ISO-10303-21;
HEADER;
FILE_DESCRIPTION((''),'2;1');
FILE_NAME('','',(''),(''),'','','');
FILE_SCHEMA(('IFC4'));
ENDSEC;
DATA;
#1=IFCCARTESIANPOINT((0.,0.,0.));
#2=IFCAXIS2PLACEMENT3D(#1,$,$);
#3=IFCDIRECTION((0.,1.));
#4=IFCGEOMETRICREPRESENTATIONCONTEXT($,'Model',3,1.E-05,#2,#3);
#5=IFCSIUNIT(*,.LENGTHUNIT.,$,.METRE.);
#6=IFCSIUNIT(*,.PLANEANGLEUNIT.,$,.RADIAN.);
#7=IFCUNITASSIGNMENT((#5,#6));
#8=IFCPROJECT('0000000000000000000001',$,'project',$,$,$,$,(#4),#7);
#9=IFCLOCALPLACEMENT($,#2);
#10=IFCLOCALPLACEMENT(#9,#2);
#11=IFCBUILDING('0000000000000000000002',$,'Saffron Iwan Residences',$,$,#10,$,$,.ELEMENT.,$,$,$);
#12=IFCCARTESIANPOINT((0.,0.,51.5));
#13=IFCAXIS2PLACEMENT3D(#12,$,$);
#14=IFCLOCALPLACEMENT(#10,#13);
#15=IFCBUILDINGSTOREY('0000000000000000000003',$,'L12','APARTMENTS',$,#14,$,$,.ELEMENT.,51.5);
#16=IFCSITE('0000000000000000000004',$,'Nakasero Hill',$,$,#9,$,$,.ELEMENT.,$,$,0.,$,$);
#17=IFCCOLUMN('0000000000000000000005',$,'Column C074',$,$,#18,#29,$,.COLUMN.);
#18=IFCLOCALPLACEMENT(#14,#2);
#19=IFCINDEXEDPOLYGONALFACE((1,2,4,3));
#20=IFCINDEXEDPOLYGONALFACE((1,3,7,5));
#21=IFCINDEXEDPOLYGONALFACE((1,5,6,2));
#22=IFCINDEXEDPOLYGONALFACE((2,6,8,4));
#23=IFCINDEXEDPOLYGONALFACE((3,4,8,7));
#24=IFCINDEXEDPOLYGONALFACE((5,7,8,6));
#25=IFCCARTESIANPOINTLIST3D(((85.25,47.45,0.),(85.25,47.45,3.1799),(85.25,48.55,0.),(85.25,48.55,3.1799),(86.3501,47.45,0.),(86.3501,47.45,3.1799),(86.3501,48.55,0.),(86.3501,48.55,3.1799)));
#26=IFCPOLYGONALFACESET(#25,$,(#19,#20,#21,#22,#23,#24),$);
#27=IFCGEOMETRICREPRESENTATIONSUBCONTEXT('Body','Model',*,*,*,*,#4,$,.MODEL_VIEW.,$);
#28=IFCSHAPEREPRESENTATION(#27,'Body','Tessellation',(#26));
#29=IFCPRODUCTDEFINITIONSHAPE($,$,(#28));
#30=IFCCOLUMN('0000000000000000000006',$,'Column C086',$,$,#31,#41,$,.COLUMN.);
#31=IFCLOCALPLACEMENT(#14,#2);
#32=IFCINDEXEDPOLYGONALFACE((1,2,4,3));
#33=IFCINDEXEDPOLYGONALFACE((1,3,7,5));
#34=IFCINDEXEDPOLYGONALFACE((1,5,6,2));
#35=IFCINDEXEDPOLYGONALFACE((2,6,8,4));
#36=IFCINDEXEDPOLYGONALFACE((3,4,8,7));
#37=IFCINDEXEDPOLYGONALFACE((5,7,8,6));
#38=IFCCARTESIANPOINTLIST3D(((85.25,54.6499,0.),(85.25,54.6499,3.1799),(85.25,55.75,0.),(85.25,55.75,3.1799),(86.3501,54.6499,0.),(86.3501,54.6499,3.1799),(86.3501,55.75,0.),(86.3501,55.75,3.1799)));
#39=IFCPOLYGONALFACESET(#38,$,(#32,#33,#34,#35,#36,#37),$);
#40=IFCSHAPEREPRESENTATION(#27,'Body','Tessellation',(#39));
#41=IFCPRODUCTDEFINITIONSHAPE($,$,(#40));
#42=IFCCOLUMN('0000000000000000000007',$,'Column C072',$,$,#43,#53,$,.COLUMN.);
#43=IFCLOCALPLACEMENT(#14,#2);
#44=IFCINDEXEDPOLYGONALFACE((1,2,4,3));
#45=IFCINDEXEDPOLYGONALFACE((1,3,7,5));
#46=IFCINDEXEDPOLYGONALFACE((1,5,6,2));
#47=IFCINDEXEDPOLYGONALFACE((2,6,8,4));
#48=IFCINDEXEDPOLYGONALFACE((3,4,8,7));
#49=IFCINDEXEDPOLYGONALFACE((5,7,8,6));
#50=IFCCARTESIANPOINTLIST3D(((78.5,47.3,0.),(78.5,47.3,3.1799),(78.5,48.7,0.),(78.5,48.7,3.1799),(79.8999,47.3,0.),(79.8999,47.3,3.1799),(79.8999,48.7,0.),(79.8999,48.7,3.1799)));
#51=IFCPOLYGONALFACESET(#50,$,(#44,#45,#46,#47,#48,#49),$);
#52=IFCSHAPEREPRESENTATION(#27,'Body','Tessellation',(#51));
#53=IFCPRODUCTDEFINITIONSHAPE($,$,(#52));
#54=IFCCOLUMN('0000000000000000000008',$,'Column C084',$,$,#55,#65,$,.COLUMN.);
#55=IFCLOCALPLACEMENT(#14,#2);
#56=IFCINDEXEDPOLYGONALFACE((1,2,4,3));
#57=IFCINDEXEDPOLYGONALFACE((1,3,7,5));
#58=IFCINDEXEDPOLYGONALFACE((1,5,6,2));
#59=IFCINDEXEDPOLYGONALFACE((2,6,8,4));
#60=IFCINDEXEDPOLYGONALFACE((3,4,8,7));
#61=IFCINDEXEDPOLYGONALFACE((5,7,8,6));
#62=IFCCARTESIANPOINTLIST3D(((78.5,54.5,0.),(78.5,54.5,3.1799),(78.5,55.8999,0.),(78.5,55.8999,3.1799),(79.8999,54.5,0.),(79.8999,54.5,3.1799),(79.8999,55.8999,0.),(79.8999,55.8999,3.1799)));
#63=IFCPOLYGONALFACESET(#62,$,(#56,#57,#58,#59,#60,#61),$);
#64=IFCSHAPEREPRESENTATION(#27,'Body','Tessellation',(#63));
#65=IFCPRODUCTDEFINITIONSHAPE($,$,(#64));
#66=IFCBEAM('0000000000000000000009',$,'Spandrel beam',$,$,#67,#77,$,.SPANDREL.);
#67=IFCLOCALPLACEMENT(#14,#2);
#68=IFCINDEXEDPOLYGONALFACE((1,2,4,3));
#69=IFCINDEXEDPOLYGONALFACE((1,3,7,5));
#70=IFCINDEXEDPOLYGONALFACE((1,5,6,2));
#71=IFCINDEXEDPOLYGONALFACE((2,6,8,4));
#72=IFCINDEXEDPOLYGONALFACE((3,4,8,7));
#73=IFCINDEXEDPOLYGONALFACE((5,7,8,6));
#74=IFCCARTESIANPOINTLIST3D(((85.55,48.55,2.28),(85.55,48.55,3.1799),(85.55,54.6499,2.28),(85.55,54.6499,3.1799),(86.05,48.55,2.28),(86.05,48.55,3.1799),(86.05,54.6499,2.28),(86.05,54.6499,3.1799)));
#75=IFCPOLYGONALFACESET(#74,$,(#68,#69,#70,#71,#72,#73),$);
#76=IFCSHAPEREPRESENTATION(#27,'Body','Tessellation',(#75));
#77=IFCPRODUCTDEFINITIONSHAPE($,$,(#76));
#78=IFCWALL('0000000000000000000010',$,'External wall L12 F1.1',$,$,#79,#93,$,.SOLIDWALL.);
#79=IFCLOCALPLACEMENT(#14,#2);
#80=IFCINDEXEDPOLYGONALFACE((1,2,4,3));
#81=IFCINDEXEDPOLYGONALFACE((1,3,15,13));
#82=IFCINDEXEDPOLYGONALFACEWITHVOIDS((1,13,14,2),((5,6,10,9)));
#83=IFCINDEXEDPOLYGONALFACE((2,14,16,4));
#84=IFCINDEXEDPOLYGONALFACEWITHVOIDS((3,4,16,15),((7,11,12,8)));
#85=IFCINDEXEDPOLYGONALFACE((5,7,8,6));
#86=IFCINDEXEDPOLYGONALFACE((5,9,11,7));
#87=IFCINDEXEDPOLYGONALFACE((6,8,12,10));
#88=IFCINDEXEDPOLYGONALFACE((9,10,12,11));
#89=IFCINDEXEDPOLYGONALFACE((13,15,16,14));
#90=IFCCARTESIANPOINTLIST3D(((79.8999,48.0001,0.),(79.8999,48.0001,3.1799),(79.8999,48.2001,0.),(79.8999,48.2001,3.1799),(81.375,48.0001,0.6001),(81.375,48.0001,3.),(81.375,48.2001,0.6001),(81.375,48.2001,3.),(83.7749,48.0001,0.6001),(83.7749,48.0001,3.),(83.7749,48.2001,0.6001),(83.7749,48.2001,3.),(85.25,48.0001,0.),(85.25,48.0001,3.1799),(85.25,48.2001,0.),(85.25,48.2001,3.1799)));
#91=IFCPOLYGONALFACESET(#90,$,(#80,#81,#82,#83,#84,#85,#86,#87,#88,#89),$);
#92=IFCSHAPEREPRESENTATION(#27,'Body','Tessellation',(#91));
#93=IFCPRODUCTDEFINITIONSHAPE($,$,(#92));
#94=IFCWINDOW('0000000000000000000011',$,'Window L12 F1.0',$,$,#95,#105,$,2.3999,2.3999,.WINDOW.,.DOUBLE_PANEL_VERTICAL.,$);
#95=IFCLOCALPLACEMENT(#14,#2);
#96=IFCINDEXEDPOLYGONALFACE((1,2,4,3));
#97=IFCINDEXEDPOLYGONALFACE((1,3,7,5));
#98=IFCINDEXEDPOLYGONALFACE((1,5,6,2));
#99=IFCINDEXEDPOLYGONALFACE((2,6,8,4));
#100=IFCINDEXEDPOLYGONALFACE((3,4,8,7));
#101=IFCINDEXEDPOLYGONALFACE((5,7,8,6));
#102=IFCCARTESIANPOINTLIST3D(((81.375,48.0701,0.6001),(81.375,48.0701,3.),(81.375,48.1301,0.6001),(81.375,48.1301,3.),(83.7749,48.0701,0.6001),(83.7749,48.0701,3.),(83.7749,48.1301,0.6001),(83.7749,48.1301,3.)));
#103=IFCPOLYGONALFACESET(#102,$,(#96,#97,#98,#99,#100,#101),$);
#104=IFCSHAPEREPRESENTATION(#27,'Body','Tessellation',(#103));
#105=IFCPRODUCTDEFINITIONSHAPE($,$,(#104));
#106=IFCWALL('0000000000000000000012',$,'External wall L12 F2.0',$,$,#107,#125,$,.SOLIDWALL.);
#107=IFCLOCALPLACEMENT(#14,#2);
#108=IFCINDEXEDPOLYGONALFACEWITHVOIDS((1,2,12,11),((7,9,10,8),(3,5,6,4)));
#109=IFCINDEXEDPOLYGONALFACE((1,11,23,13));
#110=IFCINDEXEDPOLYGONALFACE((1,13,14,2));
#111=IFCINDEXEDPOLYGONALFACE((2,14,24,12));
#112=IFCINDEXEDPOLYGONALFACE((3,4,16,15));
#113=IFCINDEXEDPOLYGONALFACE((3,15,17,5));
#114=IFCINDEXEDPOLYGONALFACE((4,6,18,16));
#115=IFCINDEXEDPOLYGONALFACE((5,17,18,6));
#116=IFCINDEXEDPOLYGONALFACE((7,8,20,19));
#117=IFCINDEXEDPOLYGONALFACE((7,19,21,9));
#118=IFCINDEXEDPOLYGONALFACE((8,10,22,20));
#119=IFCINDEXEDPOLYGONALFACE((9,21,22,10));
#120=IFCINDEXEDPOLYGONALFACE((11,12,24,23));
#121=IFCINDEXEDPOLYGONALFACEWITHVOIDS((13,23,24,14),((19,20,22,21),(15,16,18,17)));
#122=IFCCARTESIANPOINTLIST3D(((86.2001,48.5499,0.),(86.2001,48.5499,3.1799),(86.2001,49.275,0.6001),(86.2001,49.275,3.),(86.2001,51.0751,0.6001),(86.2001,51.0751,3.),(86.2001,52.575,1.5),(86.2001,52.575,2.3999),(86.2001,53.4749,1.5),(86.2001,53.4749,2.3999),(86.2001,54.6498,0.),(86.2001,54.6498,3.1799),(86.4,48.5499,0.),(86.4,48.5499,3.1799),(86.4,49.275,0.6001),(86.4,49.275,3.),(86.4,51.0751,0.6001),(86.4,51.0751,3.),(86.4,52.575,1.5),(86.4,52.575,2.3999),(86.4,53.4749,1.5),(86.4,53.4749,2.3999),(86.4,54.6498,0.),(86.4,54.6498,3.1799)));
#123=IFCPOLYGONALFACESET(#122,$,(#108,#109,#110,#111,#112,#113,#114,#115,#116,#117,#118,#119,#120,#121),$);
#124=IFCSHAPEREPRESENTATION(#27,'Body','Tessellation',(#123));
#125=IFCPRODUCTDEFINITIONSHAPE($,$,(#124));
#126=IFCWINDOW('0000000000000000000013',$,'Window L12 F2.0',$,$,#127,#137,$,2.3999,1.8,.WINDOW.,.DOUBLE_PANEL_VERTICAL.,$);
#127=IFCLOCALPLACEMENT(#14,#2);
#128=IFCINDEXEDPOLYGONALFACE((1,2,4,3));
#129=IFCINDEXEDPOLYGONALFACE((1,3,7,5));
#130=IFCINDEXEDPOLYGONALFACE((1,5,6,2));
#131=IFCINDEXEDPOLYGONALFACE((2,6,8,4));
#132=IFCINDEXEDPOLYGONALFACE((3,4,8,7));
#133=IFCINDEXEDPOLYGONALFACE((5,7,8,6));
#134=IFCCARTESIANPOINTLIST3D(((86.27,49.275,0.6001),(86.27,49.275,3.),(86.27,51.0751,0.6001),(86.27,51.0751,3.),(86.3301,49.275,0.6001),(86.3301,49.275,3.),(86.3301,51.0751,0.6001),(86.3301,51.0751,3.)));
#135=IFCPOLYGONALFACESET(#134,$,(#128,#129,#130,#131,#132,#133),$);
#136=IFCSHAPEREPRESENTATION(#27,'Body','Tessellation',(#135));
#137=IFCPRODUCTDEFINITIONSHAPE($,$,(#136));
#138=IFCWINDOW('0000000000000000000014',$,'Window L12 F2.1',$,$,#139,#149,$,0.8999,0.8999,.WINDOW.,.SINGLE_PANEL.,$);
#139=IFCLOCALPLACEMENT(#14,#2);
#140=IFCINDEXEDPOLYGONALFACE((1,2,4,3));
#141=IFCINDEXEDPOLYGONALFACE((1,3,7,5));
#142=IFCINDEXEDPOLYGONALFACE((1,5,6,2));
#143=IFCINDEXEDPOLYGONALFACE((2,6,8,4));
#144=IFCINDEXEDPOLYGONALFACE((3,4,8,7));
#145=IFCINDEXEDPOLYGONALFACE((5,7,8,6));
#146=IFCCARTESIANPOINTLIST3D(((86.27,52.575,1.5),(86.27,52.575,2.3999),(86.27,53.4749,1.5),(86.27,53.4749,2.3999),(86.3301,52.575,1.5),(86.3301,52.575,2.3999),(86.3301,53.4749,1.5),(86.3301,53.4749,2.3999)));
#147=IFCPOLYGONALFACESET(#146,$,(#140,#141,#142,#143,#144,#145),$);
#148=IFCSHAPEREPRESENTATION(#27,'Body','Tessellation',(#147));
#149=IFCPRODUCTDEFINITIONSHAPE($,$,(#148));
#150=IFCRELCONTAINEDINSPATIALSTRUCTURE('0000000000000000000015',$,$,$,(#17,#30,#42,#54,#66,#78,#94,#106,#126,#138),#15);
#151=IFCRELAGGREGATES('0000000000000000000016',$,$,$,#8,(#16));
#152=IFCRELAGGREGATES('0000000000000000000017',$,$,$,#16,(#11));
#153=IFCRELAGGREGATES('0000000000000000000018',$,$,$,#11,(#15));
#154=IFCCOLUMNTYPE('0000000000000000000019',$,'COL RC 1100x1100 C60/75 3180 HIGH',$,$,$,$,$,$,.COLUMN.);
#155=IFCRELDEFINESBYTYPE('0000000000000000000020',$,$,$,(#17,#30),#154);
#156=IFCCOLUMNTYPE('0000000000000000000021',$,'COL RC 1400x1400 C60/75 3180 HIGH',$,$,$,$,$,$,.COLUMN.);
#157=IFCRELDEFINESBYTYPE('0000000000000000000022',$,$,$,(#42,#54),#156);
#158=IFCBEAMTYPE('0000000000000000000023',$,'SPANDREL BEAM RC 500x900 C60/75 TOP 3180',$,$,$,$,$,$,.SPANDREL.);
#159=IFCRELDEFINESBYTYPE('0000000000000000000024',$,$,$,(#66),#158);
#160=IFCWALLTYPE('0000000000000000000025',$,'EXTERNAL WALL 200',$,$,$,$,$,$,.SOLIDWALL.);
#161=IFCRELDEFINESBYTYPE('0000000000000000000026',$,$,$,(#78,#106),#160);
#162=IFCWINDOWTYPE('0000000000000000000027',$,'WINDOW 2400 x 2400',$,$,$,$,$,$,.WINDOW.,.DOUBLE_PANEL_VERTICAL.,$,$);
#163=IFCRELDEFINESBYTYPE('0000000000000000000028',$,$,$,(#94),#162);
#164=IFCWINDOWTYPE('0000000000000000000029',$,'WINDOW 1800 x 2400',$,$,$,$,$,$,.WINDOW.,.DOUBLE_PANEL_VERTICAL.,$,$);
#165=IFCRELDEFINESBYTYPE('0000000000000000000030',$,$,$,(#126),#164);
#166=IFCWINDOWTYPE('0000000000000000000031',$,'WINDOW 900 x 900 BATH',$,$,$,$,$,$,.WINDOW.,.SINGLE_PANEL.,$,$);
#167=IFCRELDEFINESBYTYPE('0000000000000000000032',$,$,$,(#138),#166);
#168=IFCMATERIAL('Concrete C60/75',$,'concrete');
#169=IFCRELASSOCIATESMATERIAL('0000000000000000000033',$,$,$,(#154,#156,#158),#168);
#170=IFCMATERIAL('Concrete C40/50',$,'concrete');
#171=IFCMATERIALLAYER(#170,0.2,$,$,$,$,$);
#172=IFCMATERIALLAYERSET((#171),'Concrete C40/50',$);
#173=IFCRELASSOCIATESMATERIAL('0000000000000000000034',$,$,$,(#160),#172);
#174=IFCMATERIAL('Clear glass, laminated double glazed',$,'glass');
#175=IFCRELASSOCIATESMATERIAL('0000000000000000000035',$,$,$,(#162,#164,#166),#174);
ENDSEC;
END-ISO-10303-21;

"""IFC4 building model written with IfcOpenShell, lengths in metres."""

from ifc_helpers import new_model, si_unit, direction, frame, frame_2d, origin, origin_2d, place, context, subcontext, project, spatial, rectangle, extrude, source, transform, mapped, material, layer, layer_set, material_profile, profile_set, type_object, element, fill, save


model = new_model("IFC4")

# Units and contexts
model_context = context("Model", 3, precision=1e-05, world=origin(), true_north=direction((0.0, 1.0)))
body_context = subcontext(model_context, "Body", "Model", "MODEL_VIEW")
ifc_project = project(units=[si_unit("LENGTHUNIT", "METRE"), si_unit("PLANEANGLEUNIT", "RADIAN")], contexts=[model_context])

# Site, building, storey
site_placement = place(None, origin())
site = spatial("IfcSite", under=ifc_project, at=site_placement, Name="Nakasero Hill", CompositionType="ELEMENT", RefElevation=0.0)
building_placement = place(site_placement, origin())
building = spatial("IfcBuilding", under=site, at=building_placement, Name="Saffron Iwan Residences", CompositionType="ELEMENT")
storey_placement = place(building_placement, frame((0.0, 0.0, 51.5)))
storey = spatial("IfcBuildingStorey", under=building, at=storey_placement, Name="L12", Description="APARTMENTS", CompositionType="ELEMENT", Elevation=51.5)

# Columns
ifc_material_1 = material(Name="Concrete C60/75", Category="concrete")
ifc_material_profile_1 = material_profile(ifc_material_1, rectangle(XDim=1.1001, YDim=1.1001, at=origin_2d()), Name="RC 1100x1100")
ifc_profile_set_1 = profile_set([ifc_material_profile_1], Name="Concrete C60/75")
column_type_1 = type_object("IfcColumnType", Name="COL RC 1100x1100 C60/75 3180 HIGH", PredefinedType="COLUMN", material=ifc_profile_set_1)
shared_shape_1 = source(origin(), body_context, "Body", "SweptSolid", [
    extrude(rectangle(XDim=1.1001, YDim=1.1001, at=origin_2d()), origin(), (0.0, 0.0, 1.0), 3.1799),
])
for number, where, z_axis, x_axis, name in (
    (1, (85.8, 48.0, 0.0), (0.0, 0.0, 1.0), (1.0, 0.0, 0.0), "Column C074"),
    (2, (85.8, 55.2, 0.0), (0.0, 0.0, 1.0), (1.0, 0.0, 0.0), "Column C086"),
):
    element("IfcColumn", number, at=place(storey_placement, frame(where, z_axis=z_axis, x_axis=x_axis)), inside=storey, type_object=column_type_1, Name=name, PredefinedType="COLUMN", context=body_context, shape_type="MappedRepresentation", body=[
        mapped(shared_shape_1, transform((0.0, 0.0, 0.0))),
    ])
ifc_material_profile_2 = material_profile(ifc_material_1, rectangle(XDim=1.3999, YDim=1.3999, at=origin_2d()), Name="RC 1400x1400")
ifc_profile_set_2 = profile_set([ifc_material_profile_2], Name="Concrete C60/75")
column_type_2 = type_object("IfcColumnType", Name="COL RC 1400x1400 C60/75 3180 HIGH", PredefinedType="COLUMN", material=ifc_profile_set_2)
shared_shape_2 = source(origin(), body_context, "Body", "SweptSolid", [
    extrude(rectangle(XDim=1.3999, YDim=1.3999, at=origin_2d()), origin(), (0.0, 0.0, 1.0), 3.1799),
])
for number, where, z_axis, x_axis, name in (
    (3, (79.2, 48.0, 0.0), (0.0, 0.0, 1.0), (1.0, 0.0, 0.0), "Column C072"),
    (4, (79.2, 55.2, 0.0), (0.0, 0.0, 1.0), (1.0, 0.0, 0.0), "Column C084"),
):
    element("IfcColumn", number, at=place(storey_placement, frame(where, z_axis=z_axis, x_axis=x_axis)), inside=storey, type_object=column_type_2, Name=name, PredefinedType="COLUMN", context=body_context, shape_type="MappedRepresentation", body=[
        mapped(shared_shape_2, transform((0.0, 0.0, 0.0))),
    ])

# Beam
ifc_material_profile_3 = material_profile(ifc_material_1, rectangle(XDim=0.5, YDim=0.8999, at=origin_2d()), Name="RC 500x900")
ifc_profile_set_3 = profile_set([ifc_material_profile_3], Name="Concrete C60/75")
beam_type = type_object("IfcBeamType", Name="SPANDREL BEAM RC 500x900 C60/75 TOP 3180", PredefinedType="SPANDREL", material=ifc_profile_set_3)
shared_shape_3 = source(origin(), body_context, "Body", "SweptSolid", [
    extrude(rectangle(XDim=0.5, YDim=0.8999, at=origin_2d()), origin(), (0.0, 0.0, 1.0), 6.0999),
])
beam_placement = place(storey_placement, frame((85.8, 54.6499, 2.73), z_axis=(0.0, -1.0, 0.0), x_axis=(1.0, 0.0, 0.0)))
element("IfcBeam", 5, at=beam_placement, inside=storey, type_object=beam_type, Name="Spandrel beam", PredefinedType="SPANDREL", context=body_context, shape_type="MappedRepresentation", body=[
    mapped(shared_shape_3, transform((0.0, 0.0, 0.0))),
])

# Wall, opening, window
ifc_material_2 = material(Name="Concrete C40/50", Category="concrete")
ifc_layer_1 = layer(ifc_material_2, 0.2)
ifc_layer_set_1 = layer_set([ifc_layer_1], Name="Concrete C40/50")
wall_type_1 = type_object("IfcWallType", Name="EXTERNAL WALL 200", PredefinedType="SOLIDWALL", material=ifc_layer_set_1)
wall_1_placement = place(storey_placement, frame((79.8999, 48.1001, 0.0), z_axis=(0.0, 0.0, 1.0), x_axis=(1.0, 0.0, 0.0)))
wall_1 = element("IfcWall", 6, at=wall_1_placement, inside=storey, type_object=wall_type_1, Name="External wall L12 F1.1", PredefinedType="SOLIDWALL", context=body_context, shape_type="SweptSolid", body=[
    extrude(rectangle(XDim=5.3501, YDim=0.2, at=frame_2d((2.675, 0.0))), origin(), (0.0, 0.0, 1.0), 3.1799),
])
opening_1_placement = place(wall_1_placement, frame((1.4751, 0.0, 0.6001)))
opening_1 = element("IfcOpeningElement", 7, at=opening_1_placement, cuts=wall_1, PredefinedType="OPENING", context=body_context, shape_type="SweptSolid", body=[
    extrude(rectangle(XDim=2.3999, YDim=2.3999, at=frame_2d((1.2, 1.2))), frame((0.0, 0.1099, 0.0), z_axis=(0.0, -1.0, 0.0), x_axis=(1.0, 0.0, 0.0)), (0.0, 0.0, 1.0), 0.22),
])
ifc_material_3 = material(Name="Clear glass, laminated double glazed", Category="glass")
window_type_1 = type_object("IfcWindowType", Name="WINDOW 2400 x 2400", PartitioningType="DOUBLE_PANEL_VERTICAL", PredefinedType="WINDOW", material=ifc_material_3)
window_1_placement = place(opening_1_placement, origin())
window_1 = element("IfcWindow", 8, at=window_1_placement, inside=storey, type_object=window_type_1, Name="Window L12 F1.0", OverallHeight=2.3999, OverallWidth=2.3999, PartitioningType="DOUBLE_PANEL_VERTICAL", PredefinedType="WINDOW", context=body_context, shape_type="SweptSolid", body=[
    extrude(rectangle(XDim=2.3999, YDim=2.3999, at=frame_2d((1.2, 1.2))), frame((0.0, 0.03, 0.0), z_axis=(0.0, -1.0, 0.0), x_axis=(1.0, 0.0, 0.0)), (0.0, 0.0, 1.0), 0.0601),
])
fill(opening_1, window_1)

# Wall, openings, windows
wall_2_placement = place(storey_placement, frame((86.3, 48.55, 0.0), z_axis=(0.0, 0.0, 1.0), x_axis=(0.0, 1.0, 0.0)))
wall_2 = element("IfcWall", 9, at=wall_2_placement, inside=storey, type_object=wall_type_1, Name="External wall L12 F2.0", PredefinedType="SOLIDWALL", context=body_context, shape_type="SweptSolid", body=[
    extrude(rectangle(XDim=6.0999, YDim=0.2, at=frame_2d((3.0498, 0.0))), origin(), (0.0, 0.0, 1.0), 3.1799),
])
opening_2_placement = place(wall_2_placement, frame((0.7251, 0.0, 0.6001)))
opening_2 = element("IfcOpeningElement", 10, at=opening_2_placement, cuts=wall_2, PredefinedType="OPENING", context=body_context, shape_type="SweptSolid", body=[
    extrude(rectangle(XDim=1.8, YDim=2.3999, at=frame_2d((0.8999, 1.2))), frame((0.0, 0.1099, 0.0), z_axis=(0.0, -1.0, 0.0), x_axis=(1.0, 0.0, 0.0)), (0.0, 0.0, 1.0), 0.22),
])
opening_3_placement = place(wall_2_placement, frame((4.0249, 0.0, 1.5)))
opening_3 = element("IfcOpeningElement", 11, at=opening_3_placement, cuts=wall_2, PredefinedType="OPENING", context=body_context, shape_type="SweptSolid", body=[
    extrude(rectangle(XDim=0.8999, YDim=0.8999, at=frame_2d((0.45, 0.45))), frame((0.0, 0.1099, 0.0), z_axis=(0.0, -1.0, 0.0), x_axis=(1.0, 0.0, 0.0)), (0.0, 0.0, 1.0), 0.22),
])
window_type_2 = type_object("IfcWindowType", Name="WINDOW 1800 x 2400", PartitioningType="DOUBLE_PANEL_VERTICAL", PredefinedType="WINDOW", material=ifc_material_3)
window_2_placement = place(opening_2_placement, origin())
window_2 = element("IfcWindow", 12, at=window_2_placement, inside=storey, type_object=window_type_2, Name="Window L12 F2.0", OverallHeight=2.3999, OverallWidth=1.8, PartitioningType="DOUBLE_PANEL_VERTICAL", PredefinedType="WINDOW", context=body_context, shape_type="SweptSolid", body=[
    extrude(rectangle(XDim=1.8, YDim=2.3999, at=frame_2d((0.8999, 1.2))), frame((0.0, 0.03, 0.0), z_axis=(0.0, -1.0, 0.0), x_axis=(1.0, 0.0, 0.0)), (0.0, 0.0, 1.0), 0.0601),
])
fill(opening_2, window_2)
window_type_3 = type_object("IfcWindowType", Name="WINDOW 900 x 900 BATH", PartitioningType="SINGLE_PANEL", PredefinedType="WINDOW", material=ifc_material_3)
window_3_placement = place(opening_3_placement, origin())
window_3 = element("IfcWindow", 13, at=window_3_placement, inside=storey, type_object=window_type_3, Name="Window L12 F2.1", OverallHeight=0.8999, OverallWidth=0.8999, PartitioningType="SINGLE_PANEL", PredefinedType="WINDOW", context=body_context, shape_type="SweptSolid", body=[
    extrude(rectangle(XDim=0.8999, YDim=0.8999, at=frame_2d((0.45, 0.45))), frame((0.0, 0.03, 0.0), z_axis=(0.0, -1.0, 0.0), x_axis=(1.0, 0.0, 0.0)), (0.0, 0.0, 1.0), 0.0601),
])
fill(opening_3, window_3)

save(model, "model.ifc")
